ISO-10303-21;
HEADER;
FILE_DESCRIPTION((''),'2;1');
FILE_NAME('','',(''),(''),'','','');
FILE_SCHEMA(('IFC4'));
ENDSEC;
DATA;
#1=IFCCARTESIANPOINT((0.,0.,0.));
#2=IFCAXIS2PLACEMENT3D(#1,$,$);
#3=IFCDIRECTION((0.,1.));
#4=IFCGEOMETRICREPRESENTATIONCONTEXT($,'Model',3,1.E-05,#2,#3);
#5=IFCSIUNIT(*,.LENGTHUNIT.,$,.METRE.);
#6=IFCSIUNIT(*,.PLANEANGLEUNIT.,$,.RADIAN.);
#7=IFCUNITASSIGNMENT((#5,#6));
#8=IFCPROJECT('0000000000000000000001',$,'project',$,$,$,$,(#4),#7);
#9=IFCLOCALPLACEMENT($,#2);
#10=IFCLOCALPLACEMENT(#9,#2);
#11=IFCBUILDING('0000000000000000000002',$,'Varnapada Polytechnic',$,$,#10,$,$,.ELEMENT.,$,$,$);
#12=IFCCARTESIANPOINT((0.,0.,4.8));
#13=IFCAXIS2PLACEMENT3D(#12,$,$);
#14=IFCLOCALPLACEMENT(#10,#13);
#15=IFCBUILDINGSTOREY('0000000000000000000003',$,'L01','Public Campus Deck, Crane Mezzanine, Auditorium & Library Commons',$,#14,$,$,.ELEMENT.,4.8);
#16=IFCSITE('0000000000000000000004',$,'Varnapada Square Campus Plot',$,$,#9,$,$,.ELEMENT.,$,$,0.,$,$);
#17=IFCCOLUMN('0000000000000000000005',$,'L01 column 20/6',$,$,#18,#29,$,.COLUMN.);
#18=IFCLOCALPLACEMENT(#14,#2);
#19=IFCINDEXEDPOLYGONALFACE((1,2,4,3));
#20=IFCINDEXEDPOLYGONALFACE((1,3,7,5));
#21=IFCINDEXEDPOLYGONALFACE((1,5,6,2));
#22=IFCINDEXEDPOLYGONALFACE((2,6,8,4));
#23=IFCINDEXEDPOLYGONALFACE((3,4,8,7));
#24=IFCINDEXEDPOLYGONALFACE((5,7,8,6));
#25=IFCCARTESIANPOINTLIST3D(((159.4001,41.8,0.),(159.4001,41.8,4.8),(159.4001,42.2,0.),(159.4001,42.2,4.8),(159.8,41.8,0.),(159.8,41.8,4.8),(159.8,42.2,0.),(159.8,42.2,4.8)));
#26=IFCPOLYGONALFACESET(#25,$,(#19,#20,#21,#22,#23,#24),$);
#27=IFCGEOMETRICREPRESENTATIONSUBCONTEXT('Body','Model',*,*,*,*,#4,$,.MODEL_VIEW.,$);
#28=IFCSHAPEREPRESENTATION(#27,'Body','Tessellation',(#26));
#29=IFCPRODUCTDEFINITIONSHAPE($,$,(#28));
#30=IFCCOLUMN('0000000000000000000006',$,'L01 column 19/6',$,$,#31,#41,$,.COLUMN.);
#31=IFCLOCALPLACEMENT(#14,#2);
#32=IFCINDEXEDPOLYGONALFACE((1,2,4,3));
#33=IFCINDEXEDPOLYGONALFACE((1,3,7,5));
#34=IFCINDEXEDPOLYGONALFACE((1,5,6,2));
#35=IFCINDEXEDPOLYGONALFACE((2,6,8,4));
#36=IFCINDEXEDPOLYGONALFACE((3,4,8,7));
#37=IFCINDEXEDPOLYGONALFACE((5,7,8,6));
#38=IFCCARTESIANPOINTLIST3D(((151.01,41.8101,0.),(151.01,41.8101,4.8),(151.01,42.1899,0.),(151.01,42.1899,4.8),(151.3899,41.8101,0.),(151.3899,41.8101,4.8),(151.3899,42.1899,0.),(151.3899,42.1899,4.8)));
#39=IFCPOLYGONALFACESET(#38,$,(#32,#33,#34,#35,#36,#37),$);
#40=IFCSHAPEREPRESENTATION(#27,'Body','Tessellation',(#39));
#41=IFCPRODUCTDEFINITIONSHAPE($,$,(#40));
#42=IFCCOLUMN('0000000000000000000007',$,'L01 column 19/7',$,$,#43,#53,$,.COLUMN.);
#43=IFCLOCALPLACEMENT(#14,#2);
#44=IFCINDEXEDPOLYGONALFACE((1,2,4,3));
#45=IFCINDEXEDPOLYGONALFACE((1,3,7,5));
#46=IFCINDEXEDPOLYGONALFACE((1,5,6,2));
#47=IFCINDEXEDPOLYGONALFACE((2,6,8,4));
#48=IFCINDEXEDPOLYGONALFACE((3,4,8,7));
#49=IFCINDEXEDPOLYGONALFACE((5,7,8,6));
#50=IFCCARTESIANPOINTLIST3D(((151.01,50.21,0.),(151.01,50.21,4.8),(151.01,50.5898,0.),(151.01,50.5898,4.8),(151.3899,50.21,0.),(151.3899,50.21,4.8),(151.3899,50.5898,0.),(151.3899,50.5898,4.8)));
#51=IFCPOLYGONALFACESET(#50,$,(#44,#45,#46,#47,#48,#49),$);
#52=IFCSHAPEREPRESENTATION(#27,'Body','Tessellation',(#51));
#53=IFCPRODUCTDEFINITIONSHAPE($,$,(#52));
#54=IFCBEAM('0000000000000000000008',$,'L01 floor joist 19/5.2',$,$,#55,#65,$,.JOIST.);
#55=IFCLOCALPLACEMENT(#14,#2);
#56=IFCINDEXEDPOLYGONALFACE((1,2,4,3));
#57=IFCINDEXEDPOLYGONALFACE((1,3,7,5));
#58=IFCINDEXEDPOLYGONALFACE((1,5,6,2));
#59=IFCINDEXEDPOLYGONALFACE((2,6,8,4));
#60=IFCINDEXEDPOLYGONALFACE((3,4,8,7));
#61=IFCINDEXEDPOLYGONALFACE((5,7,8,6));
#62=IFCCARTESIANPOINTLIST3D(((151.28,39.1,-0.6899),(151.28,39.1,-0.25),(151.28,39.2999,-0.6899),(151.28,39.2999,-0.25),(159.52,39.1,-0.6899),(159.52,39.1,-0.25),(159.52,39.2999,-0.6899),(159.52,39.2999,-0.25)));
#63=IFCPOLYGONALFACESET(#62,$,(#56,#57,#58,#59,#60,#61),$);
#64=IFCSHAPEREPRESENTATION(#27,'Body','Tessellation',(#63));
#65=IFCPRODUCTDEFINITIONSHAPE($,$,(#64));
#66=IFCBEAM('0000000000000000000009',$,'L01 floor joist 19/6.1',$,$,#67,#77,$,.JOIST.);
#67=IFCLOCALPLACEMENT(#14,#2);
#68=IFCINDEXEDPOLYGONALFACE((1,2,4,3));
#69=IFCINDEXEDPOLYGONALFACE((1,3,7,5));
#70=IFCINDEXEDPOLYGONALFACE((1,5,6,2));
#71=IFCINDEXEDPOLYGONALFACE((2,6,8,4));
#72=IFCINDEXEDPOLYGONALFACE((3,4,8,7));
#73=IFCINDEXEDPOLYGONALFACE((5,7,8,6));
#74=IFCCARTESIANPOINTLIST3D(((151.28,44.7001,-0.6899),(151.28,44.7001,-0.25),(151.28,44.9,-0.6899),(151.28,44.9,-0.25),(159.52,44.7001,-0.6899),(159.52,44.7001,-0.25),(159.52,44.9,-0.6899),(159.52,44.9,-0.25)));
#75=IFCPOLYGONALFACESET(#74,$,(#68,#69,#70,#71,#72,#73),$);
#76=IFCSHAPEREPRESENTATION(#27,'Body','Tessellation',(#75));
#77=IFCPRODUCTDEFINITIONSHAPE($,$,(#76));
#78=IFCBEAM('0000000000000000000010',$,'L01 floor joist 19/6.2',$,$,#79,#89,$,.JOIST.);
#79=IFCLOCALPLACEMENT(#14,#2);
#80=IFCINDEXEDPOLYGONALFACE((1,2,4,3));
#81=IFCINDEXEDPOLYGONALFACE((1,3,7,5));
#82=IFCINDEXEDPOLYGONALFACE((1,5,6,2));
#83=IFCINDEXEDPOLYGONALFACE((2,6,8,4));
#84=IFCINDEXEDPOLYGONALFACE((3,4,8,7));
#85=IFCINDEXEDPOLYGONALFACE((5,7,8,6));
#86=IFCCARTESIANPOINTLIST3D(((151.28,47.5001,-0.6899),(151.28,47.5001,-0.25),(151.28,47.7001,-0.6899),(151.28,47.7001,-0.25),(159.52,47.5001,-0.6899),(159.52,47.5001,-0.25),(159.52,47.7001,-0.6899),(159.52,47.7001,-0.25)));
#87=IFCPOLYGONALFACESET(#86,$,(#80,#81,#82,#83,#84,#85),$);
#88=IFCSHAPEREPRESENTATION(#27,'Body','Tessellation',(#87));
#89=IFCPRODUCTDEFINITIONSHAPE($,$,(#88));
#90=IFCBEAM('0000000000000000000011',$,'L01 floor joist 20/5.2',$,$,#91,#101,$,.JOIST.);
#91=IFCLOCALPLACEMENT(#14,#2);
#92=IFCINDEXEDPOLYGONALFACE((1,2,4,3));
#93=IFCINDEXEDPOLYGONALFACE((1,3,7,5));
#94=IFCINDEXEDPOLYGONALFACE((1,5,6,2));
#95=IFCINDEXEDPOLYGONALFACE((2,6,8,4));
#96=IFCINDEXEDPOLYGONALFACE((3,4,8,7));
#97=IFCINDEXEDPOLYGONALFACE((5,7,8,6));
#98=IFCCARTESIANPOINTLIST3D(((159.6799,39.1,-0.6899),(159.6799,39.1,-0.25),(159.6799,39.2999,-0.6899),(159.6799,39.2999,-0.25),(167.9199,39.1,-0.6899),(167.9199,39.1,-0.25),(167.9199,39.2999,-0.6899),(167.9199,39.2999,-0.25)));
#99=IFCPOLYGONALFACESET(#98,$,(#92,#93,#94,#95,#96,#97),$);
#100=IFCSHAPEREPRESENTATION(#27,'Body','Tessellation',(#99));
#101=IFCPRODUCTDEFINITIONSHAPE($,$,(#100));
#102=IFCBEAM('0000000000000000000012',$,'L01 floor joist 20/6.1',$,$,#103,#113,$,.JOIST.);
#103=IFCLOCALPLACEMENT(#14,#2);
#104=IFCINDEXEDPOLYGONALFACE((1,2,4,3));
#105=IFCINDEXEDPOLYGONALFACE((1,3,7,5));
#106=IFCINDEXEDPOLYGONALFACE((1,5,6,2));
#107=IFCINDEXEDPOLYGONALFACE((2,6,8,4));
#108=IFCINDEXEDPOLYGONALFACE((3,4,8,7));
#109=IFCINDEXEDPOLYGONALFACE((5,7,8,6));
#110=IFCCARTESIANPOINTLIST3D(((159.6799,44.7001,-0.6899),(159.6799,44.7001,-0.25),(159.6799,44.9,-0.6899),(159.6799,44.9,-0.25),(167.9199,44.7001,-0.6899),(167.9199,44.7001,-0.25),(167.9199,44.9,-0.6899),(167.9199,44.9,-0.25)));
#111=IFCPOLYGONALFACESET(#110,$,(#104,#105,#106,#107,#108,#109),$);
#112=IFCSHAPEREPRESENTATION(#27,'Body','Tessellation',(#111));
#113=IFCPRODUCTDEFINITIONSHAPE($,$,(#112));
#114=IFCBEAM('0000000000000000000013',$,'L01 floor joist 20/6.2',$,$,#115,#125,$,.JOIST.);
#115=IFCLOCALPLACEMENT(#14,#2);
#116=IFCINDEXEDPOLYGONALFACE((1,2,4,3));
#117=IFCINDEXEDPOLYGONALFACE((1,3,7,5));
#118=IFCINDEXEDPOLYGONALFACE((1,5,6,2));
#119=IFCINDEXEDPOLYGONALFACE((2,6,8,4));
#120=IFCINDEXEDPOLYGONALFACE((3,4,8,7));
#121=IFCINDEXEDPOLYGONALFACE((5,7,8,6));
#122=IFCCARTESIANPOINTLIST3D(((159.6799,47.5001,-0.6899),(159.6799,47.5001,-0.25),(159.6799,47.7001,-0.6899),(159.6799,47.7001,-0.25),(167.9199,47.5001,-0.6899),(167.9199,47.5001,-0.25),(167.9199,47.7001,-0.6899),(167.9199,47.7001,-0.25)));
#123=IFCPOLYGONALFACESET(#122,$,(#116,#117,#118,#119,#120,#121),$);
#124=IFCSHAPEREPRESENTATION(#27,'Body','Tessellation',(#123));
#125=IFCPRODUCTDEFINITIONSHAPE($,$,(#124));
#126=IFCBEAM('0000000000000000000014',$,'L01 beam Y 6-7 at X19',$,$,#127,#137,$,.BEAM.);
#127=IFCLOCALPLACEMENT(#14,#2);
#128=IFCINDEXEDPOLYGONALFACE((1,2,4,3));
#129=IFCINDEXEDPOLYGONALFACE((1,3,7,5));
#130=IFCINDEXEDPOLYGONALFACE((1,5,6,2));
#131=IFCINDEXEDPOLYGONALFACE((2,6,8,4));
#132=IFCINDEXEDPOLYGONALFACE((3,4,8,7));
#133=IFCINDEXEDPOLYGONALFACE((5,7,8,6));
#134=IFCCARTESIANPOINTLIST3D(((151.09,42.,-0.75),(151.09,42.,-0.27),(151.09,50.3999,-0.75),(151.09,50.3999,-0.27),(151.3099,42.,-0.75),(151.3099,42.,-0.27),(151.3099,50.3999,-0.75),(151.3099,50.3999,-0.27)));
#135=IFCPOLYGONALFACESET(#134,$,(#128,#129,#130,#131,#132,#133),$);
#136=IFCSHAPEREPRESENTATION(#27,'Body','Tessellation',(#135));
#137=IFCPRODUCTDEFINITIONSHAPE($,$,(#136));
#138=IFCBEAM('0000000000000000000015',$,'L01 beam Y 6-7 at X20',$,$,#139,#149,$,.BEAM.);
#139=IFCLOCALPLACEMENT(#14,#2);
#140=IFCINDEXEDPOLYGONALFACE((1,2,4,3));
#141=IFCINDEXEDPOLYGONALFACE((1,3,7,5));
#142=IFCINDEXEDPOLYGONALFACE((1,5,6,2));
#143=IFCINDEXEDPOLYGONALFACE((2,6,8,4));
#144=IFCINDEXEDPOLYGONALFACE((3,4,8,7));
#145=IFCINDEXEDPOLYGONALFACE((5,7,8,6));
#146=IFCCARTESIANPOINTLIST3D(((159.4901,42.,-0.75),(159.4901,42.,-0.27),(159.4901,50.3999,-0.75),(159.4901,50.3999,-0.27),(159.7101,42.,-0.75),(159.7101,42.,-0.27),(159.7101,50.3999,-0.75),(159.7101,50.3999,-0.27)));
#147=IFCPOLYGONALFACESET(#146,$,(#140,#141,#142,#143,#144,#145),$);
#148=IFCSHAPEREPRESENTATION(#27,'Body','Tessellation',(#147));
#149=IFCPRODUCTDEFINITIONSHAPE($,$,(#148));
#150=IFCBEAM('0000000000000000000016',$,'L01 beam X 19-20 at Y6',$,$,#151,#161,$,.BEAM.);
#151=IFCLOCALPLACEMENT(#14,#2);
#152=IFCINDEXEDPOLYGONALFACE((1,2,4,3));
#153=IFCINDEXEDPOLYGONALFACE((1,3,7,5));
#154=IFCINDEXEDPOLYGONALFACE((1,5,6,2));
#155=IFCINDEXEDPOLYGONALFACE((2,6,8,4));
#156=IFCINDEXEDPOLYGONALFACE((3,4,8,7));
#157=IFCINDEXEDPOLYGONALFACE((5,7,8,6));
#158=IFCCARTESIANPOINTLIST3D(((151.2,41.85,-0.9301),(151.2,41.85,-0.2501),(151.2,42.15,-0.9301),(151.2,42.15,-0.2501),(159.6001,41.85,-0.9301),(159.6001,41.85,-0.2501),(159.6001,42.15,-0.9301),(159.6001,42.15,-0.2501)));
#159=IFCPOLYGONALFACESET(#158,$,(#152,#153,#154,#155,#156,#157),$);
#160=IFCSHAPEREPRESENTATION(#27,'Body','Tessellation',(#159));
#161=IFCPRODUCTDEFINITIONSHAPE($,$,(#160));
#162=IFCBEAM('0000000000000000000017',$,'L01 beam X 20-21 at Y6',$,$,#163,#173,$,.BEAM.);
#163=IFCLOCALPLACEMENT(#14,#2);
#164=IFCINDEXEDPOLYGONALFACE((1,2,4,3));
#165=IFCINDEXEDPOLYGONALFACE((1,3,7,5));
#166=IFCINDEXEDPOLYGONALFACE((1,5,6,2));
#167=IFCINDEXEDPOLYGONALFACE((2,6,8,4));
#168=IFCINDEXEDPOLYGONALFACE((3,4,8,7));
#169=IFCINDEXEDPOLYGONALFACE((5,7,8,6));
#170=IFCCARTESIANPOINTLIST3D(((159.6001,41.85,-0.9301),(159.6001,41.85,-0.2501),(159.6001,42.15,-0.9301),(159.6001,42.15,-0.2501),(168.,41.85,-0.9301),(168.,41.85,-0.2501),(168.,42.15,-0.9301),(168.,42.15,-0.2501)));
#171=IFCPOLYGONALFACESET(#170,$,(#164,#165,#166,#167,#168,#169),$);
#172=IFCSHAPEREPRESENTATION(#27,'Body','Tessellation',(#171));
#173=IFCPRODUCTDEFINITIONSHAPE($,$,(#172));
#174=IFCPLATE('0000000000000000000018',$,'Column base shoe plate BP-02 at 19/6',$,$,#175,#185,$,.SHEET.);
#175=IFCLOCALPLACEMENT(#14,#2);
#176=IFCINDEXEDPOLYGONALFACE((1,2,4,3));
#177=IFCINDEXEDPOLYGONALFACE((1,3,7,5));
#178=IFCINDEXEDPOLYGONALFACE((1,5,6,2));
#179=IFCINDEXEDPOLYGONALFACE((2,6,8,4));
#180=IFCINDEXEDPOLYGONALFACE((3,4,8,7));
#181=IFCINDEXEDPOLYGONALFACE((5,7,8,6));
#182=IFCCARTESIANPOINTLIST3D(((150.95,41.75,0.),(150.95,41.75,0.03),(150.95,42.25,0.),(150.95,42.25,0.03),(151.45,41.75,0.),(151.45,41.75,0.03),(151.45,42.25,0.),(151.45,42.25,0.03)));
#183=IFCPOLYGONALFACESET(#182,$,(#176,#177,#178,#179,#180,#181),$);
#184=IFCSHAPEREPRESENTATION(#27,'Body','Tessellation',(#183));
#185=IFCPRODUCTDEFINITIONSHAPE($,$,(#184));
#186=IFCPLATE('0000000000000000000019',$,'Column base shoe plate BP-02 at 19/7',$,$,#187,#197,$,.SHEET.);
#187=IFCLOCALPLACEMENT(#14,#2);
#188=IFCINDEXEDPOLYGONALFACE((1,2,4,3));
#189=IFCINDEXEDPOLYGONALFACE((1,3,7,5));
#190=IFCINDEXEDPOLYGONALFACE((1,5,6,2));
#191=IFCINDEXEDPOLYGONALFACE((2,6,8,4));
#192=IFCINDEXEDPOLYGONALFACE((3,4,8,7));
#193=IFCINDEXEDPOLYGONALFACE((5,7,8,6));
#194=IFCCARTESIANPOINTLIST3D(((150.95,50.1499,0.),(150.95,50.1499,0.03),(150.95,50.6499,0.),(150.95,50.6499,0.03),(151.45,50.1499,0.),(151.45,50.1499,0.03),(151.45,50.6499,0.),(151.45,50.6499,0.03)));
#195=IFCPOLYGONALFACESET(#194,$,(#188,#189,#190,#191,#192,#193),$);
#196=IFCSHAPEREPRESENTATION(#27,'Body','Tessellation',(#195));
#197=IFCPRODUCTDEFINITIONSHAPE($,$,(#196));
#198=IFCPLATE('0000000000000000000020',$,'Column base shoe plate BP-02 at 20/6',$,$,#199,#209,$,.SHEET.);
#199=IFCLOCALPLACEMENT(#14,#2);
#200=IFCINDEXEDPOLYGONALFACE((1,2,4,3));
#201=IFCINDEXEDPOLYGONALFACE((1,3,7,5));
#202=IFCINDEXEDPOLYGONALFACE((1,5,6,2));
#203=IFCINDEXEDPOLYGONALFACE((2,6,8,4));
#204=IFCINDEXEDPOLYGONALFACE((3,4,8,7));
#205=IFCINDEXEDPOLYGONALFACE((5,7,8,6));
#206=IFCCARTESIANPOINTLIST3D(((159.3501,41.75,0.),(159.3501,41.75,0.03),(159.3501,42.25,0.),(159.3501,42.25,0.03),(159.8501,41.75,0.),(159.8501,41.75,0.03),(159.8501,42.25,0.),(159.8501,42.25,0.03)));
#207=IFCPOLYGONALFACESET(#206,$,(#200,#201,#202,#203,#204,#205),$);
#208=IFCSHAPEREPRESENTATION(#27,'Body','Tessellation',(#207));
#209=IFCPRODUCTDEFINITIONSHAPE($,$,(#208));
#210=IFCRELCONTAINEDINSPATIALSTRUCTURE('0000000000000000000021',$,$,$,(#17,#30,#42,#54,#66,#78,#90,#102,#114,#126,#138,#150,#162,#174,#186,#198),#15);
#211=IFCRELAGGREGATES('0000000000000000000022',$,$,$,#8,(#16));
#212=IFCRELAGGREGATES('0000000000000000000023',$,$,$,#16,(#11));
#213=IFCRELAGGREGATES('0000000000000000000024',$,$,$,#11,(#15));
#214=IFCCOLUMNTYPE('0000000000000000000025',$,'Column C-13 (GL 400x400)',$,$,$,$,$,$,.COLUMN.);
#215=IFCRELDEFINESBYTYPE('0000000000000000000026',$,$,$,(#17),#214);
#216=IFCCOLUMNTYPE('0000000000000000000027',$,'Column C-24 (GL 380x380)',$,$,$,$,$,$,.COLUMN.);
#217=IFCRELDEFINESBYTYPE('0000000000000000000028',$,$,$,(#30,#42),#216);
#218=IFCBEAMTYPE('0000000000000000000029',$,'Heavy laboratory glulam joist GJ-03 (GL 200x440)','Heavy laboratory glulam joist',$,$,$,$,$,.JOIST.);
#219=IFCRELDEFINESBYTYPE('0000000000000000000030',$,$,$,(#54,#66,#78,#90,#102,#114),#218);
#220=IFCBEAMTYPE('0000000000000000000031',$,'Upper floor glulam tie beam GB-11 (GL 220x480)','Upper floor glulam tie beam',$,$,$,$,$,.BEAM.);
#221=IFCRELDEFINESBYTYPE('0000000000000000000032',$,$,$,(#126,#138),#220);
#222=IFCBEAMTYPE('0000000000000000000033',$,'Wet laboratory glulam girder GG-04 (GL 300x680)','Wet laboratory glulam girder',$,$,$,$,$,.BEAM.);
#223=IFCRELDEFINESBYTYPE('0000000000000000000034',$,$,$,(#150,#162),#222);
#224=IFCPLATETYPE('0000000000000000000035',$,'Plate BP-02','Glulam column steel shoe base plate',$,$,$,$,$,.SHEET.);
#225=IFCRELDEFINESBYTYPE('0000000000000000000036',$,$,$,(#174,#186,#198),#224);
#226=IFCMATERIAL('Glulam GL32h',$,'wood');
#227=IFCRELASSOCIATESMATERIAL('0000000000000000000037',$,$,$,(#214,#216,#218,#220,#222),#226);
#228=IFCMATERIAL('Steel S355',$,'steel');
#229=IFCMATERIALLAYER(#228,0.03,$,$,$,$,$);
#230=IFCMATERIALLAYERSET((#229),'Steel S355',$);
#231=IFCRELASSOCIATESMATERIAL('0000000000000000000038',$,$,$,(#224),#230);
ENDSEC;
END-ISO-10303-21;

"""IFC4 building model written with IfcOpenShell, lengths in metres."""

from ifc_helpers import new_model, si_unit, direction, frame, origin, origin_2d, place, context, subcontext, project, spatial, rectangle, extrude, material, layer, layer_set, material_profile, profile_set, type_object, element, save


model = new_model("IFC4")

# Units and contexts
model_context = context("Model", 3, precision=1e-05, world=origin(), true_north=direction((0.0, 1.0)))
body_context = subcontext(model_context, "Body", "Model", "MODEL_VIEW")
ifc_project = project(units=[si_unit("LENGTHUNIT", "METRE"), si_unit("PLANEANGLEUNIT", "RADIAN")], contexts=[model_context])

# Site, building, storey
site_placement = place(None, origin())
site = spatial("IfcSite", under=ifc_project, at=site_placement, Name="Varnapada Square Campus Plot", CompositionType="ELEMENT", RefElevation=0.0)
building_placement = place(site_placement, origin())
building = spatial("IfcBuilding", under=site, at=building_placement, Name="Varnapada Polytechnic", CompositionType="ELEMENT")
storey_placement = place(building_placement, frame((0.0, 0.0, 4.8)))
storey = spatial("IfcBuildingStorey", under=building, at=storey_placement, Name="L01", Description="Public Campus Deck, Crane Mezzanine, Auditorium & Library Commons", CompositionType="ELEMENT", Elevation=4.8)

# Columns
ifc_material_1 = material(Name="Glulam GL32h", Category="wood")
ifc_material_profile_1 = material_profile(ifc_material_1, rectangle(XDim=0.3999, YDim=0.3999, at=origin_2d()), Name="GL 400x400")
ifc_profile_set_1 = profile_set([ifc_material_profile_1], Name="Glulam GL32h")
column_type_1 = type_object("IfcColumnType", Name="Column C-13 (GL 400x400)", PredefinedType="COLUMN", material=ifc_profile_set_1)
column_placement = place(storey_placement, frame((159.6001, 42.0, 0.0), z_axis=(0.0, 0.0, 1.0), x_axis=(1.0, 0.0, 0.0)))
element("IfcColumn", 1, at=column_placement, inside=storey, type_object=column_type_1, Name="L01 column 20/6", PredefinedType="COLUMN", context=body_context, shape_type="SweptSolid", body=[
    extrude(rectangle(XDim=0.3999, YDim=0.3999, at=origin_2d()), origin(), (0.0, 0.0, 1.0), 4.8),
])
ifc_material_profile_2 = material_profile(ifc_material_1, rectangle(XDim=0.3799, YDim=0.3799, at=origin_2d()), Name="GL 380x380")
ifc_profile_set_2 = profile_set([ifc_material_profile_2], Name="Glulam GL32h")
column_type_2 = type_object("IfcColumnType", Name="Column C-24 (GL 380x380)", PredefinedType="COLUMN", material=ifc_profile_set_2)
for number, where, z_axis, x_axis, name in (
    (2, (151.2, 42.0, 0.0), (0.0, 0.0, 1.0), (1.0, 0.0, 0.0), "L01 column 19/6"),
    (3, (151.2, 50.3999, 0.0), (0.0, 0.0, 1.0), (1.0, 0.0, 0.0), "L01 column 19/7"),
):
    element("IfcColumn", number, at=place(storey_placement, frame(where, z_axis=z_axis, x_axis=x_axis)), inside=storey, type_object=column_type_2, Name=name, PredefinedType="COLUMN", context=body_context, shape_type="SweptSolid", body=[
        extrude(rectangle(XDim=0.3799, YDim=0.3799, at=origin_2d()), origin(), (0.0, 0.0, 1.0), 4.8),
    ])

# Beams
ifc_material_profile_3 = material_profile(ifc_material_1, rectangle(XDim=0.2, YDim=0.4399, at=origin_2d()), Name="GL 200x440")
ifc_profile_set_3 = profile_set([ifc_material_profile_3], Name="Glulam GL32h")
beam_type_1 = type_object("IfcBeamType", Name="Heavy laboratory glulam joist GJ-03 (GL 200x440)", Description="Heavy laboratory glulam joist", PredefinedType="JOIST", material=ifc_profile_set_3)
for number, where, z_axis, x_axis, name in (
    (4, (151.28, 39.2, -0.47), (1.0, 0.0, 0.0), (0.0, 1.0, 0.0), "L01 floor joist 19/5.2"),
    (5, (151.28, 44.8, -0.47), (1.0, 0.0, 0.0), (0.0, 1.0, 0.0), "L01 floor joist 19/6.1"),
    (6, (151.28, 47.6001, -0.47), (1.0, 0.0, 0.0), (0.0, 1.0, 0.0), "L01 floor joist 19/6.2"),
    (7, (159.6799, 39.2, -0.47), (1.0, 0.0, 0.0), (0.0, 1.0, 0.0), "L01 floor joist 20/5.2"),
    (8, (159.6799, 44.8, -0.47), (1.0, 0.0, 0.0), (0.0, 1.0, 0.0), "L01 floor joist 20/6.1"),
    (9, (159.6799, 47.6001, -0.47), (1.0, 0.0, 0.0), (0.0, 1.0, 0.0), "L01 floor joist 20/6.2"),
):
    element("IfcBeam", number, at=place(storey_placement, frame(where, z_axis=z_axis, x_axis=x_axis)), inside=storey, type_object=beam_type_1, Name=name, PredefinedType="JOIST", context=body_context, shape_type="SweptSolid", body=[
        extrude(rectangle(XDim=0.2, YDim=0.4399, at=origin_2d()), origin(), (0.0, 0.0, 1.0), 8.24),
    ])
ifc_material_profile_4 = material_profile(ifc_material_1, rectangle(XDim=0.22, YDim=0.48, at=origin_2d()), Name="GL 220x480")
ifc_profile_set_4 = profile_set([ifc_material_profile_4], Name="Glulam GL32h")
beam_type_2 = type_object("IfcBeamType", Name="Upper floor glulam tie beam GB-11 (GL 220x480)", Description="Upper floor glulam tie beam", PredefinedType="BEAM", material=ifc_profile_set_4)
for number, where, z_axis, x_axis, name in (
    (10, (151.2, 42.0, -0.51), (0.0, 1.0, 0.0), (-1.0, 0.0, 0.0), "L01 beam Y 6-7 at X19"),
    (11, (159.6001, 42.0, -0.51), (0.0, 1.0, 0.0), (-1.0, 0.0, 0.0), "L01 beam Y 6-7 at X20"),
):
    element("IfcBeam", number, at=place(storey_placement, frame(where, z_axis=z_axis, x_axis=x_axis)), inside=storey, type_object=beam_type_2, Name=name, PredefinedType="BEAM", context=body_context, shape_type="SweptSolid", body=[
        extrude(rectangle(XDim=0.22, YDim=0.48, at=origin_2d()), origin(), (0.0, 0.0, 1.0), 8.3999),
    ])
ifc_material_profile_5 = material_profile(ifc_material_1, rectangle(XDim=0.3, YDim=0.6799, at=origin_2d()), Name="GL 300x680")
ifc_profile_set_5 = profile_set([ifc_material_profile_5], Name="Glulam GL32h")
beam_type_3 = type_object("IfcBeamType", Name="Wet laboratory glulam girder GG-04 (GL 300x680)", Description="Wet laboratory glulam girder", PredefinedType="BEAM", material=ifc_profile_set_5)
beam_1_placement = place(storey_placement, frame((151.2, 42.0, -0.5901), z_axis=(1.0, 0.0, 0.0), x_axis=(0.0, 1.0, 0.0)))
element("IfcBeam", 12, at=beam_1_placement, inside=storey, type_object=beam_type_3, Name="L01 beam X 19-20 at Y6", PredefinedType="BEAM", context=body_context, shape_type="SweptSolid", body=[
    extrude(rectangle(XDim=0.3, YDim=0.6799, at=origin_2d()), origin(), (0.0, 0.0, 1.0), 8.4001),
])
beam_2_placement = place(storey_placement, frame((159.6001, 42.0, -0.5901), z_axis=(1.0, 0.0, 0.0), x_axis=(0.0, 1.0, 0.0)))
element("IfcBeam", 13, at=beam_2_placement, inside=storey, type_object=beam_type_3, Name="L01 beam X 20-21 at Y6", PredefinedType="BEAM", context=body_context, shape_type="SweptSolid", body=[
    extrude(rectangle(XDim=0.3, YDim=0.6799, at=origin_2d()), origin(), (0.0, 0.0, 1.0), 8.3999),
])

# Plates
ifc_material_2 = material(Name="Steel S355", Category="steel")
ifc_layer_1 = layer(ifc_material_2, 0.03)
ifc_layer_set_1 = layer_set([ifc_layer_1], Name="Steel S355")
plate_type = type_object("IfcPlateType", Name="Plate BP-02", Description="Glulam column steel shoe base plate", PredefinedType="SHEET", material=ifc_layer_set_1)
for number, where, z_axis, x_axis, name in (
    (14, (151.2, 42.0, 0.0), (0.0, 0.0, 1.0), (1.0, 0.0, 0.0), "Column base shoe plate BP-02 at 19/6"),
    (15, (151.2, 50.3999, 0.0), (0.0, 0.0, 1.0), (1.0, 0.0, 0.0), "Column base shoe plate BP-02 at 19/7"),
    (16, (159.6001, 42.0, 0.0), (0.0, 0.0, 1.0), (1.0, 0.0, 0.0), "Column base shoe plate BP-02 at 20/6"),
):
    element("IfcPlate", number, at=place(storey_placement, frame(where, z_axis=z_axis, x_axis=x_axis)), inside=storey, type_object=plate_type, Name=name, PredefinedType="SHEET", context=body_context, shape_type="SweptSolid", body=[
        extrude(rectangle(XDim=0.5, YDim=0.5, at=origin_2d()), origin(), (0.0, 0.0, 1.0), 0.03),
    ])

save(model, "model.ifc")
